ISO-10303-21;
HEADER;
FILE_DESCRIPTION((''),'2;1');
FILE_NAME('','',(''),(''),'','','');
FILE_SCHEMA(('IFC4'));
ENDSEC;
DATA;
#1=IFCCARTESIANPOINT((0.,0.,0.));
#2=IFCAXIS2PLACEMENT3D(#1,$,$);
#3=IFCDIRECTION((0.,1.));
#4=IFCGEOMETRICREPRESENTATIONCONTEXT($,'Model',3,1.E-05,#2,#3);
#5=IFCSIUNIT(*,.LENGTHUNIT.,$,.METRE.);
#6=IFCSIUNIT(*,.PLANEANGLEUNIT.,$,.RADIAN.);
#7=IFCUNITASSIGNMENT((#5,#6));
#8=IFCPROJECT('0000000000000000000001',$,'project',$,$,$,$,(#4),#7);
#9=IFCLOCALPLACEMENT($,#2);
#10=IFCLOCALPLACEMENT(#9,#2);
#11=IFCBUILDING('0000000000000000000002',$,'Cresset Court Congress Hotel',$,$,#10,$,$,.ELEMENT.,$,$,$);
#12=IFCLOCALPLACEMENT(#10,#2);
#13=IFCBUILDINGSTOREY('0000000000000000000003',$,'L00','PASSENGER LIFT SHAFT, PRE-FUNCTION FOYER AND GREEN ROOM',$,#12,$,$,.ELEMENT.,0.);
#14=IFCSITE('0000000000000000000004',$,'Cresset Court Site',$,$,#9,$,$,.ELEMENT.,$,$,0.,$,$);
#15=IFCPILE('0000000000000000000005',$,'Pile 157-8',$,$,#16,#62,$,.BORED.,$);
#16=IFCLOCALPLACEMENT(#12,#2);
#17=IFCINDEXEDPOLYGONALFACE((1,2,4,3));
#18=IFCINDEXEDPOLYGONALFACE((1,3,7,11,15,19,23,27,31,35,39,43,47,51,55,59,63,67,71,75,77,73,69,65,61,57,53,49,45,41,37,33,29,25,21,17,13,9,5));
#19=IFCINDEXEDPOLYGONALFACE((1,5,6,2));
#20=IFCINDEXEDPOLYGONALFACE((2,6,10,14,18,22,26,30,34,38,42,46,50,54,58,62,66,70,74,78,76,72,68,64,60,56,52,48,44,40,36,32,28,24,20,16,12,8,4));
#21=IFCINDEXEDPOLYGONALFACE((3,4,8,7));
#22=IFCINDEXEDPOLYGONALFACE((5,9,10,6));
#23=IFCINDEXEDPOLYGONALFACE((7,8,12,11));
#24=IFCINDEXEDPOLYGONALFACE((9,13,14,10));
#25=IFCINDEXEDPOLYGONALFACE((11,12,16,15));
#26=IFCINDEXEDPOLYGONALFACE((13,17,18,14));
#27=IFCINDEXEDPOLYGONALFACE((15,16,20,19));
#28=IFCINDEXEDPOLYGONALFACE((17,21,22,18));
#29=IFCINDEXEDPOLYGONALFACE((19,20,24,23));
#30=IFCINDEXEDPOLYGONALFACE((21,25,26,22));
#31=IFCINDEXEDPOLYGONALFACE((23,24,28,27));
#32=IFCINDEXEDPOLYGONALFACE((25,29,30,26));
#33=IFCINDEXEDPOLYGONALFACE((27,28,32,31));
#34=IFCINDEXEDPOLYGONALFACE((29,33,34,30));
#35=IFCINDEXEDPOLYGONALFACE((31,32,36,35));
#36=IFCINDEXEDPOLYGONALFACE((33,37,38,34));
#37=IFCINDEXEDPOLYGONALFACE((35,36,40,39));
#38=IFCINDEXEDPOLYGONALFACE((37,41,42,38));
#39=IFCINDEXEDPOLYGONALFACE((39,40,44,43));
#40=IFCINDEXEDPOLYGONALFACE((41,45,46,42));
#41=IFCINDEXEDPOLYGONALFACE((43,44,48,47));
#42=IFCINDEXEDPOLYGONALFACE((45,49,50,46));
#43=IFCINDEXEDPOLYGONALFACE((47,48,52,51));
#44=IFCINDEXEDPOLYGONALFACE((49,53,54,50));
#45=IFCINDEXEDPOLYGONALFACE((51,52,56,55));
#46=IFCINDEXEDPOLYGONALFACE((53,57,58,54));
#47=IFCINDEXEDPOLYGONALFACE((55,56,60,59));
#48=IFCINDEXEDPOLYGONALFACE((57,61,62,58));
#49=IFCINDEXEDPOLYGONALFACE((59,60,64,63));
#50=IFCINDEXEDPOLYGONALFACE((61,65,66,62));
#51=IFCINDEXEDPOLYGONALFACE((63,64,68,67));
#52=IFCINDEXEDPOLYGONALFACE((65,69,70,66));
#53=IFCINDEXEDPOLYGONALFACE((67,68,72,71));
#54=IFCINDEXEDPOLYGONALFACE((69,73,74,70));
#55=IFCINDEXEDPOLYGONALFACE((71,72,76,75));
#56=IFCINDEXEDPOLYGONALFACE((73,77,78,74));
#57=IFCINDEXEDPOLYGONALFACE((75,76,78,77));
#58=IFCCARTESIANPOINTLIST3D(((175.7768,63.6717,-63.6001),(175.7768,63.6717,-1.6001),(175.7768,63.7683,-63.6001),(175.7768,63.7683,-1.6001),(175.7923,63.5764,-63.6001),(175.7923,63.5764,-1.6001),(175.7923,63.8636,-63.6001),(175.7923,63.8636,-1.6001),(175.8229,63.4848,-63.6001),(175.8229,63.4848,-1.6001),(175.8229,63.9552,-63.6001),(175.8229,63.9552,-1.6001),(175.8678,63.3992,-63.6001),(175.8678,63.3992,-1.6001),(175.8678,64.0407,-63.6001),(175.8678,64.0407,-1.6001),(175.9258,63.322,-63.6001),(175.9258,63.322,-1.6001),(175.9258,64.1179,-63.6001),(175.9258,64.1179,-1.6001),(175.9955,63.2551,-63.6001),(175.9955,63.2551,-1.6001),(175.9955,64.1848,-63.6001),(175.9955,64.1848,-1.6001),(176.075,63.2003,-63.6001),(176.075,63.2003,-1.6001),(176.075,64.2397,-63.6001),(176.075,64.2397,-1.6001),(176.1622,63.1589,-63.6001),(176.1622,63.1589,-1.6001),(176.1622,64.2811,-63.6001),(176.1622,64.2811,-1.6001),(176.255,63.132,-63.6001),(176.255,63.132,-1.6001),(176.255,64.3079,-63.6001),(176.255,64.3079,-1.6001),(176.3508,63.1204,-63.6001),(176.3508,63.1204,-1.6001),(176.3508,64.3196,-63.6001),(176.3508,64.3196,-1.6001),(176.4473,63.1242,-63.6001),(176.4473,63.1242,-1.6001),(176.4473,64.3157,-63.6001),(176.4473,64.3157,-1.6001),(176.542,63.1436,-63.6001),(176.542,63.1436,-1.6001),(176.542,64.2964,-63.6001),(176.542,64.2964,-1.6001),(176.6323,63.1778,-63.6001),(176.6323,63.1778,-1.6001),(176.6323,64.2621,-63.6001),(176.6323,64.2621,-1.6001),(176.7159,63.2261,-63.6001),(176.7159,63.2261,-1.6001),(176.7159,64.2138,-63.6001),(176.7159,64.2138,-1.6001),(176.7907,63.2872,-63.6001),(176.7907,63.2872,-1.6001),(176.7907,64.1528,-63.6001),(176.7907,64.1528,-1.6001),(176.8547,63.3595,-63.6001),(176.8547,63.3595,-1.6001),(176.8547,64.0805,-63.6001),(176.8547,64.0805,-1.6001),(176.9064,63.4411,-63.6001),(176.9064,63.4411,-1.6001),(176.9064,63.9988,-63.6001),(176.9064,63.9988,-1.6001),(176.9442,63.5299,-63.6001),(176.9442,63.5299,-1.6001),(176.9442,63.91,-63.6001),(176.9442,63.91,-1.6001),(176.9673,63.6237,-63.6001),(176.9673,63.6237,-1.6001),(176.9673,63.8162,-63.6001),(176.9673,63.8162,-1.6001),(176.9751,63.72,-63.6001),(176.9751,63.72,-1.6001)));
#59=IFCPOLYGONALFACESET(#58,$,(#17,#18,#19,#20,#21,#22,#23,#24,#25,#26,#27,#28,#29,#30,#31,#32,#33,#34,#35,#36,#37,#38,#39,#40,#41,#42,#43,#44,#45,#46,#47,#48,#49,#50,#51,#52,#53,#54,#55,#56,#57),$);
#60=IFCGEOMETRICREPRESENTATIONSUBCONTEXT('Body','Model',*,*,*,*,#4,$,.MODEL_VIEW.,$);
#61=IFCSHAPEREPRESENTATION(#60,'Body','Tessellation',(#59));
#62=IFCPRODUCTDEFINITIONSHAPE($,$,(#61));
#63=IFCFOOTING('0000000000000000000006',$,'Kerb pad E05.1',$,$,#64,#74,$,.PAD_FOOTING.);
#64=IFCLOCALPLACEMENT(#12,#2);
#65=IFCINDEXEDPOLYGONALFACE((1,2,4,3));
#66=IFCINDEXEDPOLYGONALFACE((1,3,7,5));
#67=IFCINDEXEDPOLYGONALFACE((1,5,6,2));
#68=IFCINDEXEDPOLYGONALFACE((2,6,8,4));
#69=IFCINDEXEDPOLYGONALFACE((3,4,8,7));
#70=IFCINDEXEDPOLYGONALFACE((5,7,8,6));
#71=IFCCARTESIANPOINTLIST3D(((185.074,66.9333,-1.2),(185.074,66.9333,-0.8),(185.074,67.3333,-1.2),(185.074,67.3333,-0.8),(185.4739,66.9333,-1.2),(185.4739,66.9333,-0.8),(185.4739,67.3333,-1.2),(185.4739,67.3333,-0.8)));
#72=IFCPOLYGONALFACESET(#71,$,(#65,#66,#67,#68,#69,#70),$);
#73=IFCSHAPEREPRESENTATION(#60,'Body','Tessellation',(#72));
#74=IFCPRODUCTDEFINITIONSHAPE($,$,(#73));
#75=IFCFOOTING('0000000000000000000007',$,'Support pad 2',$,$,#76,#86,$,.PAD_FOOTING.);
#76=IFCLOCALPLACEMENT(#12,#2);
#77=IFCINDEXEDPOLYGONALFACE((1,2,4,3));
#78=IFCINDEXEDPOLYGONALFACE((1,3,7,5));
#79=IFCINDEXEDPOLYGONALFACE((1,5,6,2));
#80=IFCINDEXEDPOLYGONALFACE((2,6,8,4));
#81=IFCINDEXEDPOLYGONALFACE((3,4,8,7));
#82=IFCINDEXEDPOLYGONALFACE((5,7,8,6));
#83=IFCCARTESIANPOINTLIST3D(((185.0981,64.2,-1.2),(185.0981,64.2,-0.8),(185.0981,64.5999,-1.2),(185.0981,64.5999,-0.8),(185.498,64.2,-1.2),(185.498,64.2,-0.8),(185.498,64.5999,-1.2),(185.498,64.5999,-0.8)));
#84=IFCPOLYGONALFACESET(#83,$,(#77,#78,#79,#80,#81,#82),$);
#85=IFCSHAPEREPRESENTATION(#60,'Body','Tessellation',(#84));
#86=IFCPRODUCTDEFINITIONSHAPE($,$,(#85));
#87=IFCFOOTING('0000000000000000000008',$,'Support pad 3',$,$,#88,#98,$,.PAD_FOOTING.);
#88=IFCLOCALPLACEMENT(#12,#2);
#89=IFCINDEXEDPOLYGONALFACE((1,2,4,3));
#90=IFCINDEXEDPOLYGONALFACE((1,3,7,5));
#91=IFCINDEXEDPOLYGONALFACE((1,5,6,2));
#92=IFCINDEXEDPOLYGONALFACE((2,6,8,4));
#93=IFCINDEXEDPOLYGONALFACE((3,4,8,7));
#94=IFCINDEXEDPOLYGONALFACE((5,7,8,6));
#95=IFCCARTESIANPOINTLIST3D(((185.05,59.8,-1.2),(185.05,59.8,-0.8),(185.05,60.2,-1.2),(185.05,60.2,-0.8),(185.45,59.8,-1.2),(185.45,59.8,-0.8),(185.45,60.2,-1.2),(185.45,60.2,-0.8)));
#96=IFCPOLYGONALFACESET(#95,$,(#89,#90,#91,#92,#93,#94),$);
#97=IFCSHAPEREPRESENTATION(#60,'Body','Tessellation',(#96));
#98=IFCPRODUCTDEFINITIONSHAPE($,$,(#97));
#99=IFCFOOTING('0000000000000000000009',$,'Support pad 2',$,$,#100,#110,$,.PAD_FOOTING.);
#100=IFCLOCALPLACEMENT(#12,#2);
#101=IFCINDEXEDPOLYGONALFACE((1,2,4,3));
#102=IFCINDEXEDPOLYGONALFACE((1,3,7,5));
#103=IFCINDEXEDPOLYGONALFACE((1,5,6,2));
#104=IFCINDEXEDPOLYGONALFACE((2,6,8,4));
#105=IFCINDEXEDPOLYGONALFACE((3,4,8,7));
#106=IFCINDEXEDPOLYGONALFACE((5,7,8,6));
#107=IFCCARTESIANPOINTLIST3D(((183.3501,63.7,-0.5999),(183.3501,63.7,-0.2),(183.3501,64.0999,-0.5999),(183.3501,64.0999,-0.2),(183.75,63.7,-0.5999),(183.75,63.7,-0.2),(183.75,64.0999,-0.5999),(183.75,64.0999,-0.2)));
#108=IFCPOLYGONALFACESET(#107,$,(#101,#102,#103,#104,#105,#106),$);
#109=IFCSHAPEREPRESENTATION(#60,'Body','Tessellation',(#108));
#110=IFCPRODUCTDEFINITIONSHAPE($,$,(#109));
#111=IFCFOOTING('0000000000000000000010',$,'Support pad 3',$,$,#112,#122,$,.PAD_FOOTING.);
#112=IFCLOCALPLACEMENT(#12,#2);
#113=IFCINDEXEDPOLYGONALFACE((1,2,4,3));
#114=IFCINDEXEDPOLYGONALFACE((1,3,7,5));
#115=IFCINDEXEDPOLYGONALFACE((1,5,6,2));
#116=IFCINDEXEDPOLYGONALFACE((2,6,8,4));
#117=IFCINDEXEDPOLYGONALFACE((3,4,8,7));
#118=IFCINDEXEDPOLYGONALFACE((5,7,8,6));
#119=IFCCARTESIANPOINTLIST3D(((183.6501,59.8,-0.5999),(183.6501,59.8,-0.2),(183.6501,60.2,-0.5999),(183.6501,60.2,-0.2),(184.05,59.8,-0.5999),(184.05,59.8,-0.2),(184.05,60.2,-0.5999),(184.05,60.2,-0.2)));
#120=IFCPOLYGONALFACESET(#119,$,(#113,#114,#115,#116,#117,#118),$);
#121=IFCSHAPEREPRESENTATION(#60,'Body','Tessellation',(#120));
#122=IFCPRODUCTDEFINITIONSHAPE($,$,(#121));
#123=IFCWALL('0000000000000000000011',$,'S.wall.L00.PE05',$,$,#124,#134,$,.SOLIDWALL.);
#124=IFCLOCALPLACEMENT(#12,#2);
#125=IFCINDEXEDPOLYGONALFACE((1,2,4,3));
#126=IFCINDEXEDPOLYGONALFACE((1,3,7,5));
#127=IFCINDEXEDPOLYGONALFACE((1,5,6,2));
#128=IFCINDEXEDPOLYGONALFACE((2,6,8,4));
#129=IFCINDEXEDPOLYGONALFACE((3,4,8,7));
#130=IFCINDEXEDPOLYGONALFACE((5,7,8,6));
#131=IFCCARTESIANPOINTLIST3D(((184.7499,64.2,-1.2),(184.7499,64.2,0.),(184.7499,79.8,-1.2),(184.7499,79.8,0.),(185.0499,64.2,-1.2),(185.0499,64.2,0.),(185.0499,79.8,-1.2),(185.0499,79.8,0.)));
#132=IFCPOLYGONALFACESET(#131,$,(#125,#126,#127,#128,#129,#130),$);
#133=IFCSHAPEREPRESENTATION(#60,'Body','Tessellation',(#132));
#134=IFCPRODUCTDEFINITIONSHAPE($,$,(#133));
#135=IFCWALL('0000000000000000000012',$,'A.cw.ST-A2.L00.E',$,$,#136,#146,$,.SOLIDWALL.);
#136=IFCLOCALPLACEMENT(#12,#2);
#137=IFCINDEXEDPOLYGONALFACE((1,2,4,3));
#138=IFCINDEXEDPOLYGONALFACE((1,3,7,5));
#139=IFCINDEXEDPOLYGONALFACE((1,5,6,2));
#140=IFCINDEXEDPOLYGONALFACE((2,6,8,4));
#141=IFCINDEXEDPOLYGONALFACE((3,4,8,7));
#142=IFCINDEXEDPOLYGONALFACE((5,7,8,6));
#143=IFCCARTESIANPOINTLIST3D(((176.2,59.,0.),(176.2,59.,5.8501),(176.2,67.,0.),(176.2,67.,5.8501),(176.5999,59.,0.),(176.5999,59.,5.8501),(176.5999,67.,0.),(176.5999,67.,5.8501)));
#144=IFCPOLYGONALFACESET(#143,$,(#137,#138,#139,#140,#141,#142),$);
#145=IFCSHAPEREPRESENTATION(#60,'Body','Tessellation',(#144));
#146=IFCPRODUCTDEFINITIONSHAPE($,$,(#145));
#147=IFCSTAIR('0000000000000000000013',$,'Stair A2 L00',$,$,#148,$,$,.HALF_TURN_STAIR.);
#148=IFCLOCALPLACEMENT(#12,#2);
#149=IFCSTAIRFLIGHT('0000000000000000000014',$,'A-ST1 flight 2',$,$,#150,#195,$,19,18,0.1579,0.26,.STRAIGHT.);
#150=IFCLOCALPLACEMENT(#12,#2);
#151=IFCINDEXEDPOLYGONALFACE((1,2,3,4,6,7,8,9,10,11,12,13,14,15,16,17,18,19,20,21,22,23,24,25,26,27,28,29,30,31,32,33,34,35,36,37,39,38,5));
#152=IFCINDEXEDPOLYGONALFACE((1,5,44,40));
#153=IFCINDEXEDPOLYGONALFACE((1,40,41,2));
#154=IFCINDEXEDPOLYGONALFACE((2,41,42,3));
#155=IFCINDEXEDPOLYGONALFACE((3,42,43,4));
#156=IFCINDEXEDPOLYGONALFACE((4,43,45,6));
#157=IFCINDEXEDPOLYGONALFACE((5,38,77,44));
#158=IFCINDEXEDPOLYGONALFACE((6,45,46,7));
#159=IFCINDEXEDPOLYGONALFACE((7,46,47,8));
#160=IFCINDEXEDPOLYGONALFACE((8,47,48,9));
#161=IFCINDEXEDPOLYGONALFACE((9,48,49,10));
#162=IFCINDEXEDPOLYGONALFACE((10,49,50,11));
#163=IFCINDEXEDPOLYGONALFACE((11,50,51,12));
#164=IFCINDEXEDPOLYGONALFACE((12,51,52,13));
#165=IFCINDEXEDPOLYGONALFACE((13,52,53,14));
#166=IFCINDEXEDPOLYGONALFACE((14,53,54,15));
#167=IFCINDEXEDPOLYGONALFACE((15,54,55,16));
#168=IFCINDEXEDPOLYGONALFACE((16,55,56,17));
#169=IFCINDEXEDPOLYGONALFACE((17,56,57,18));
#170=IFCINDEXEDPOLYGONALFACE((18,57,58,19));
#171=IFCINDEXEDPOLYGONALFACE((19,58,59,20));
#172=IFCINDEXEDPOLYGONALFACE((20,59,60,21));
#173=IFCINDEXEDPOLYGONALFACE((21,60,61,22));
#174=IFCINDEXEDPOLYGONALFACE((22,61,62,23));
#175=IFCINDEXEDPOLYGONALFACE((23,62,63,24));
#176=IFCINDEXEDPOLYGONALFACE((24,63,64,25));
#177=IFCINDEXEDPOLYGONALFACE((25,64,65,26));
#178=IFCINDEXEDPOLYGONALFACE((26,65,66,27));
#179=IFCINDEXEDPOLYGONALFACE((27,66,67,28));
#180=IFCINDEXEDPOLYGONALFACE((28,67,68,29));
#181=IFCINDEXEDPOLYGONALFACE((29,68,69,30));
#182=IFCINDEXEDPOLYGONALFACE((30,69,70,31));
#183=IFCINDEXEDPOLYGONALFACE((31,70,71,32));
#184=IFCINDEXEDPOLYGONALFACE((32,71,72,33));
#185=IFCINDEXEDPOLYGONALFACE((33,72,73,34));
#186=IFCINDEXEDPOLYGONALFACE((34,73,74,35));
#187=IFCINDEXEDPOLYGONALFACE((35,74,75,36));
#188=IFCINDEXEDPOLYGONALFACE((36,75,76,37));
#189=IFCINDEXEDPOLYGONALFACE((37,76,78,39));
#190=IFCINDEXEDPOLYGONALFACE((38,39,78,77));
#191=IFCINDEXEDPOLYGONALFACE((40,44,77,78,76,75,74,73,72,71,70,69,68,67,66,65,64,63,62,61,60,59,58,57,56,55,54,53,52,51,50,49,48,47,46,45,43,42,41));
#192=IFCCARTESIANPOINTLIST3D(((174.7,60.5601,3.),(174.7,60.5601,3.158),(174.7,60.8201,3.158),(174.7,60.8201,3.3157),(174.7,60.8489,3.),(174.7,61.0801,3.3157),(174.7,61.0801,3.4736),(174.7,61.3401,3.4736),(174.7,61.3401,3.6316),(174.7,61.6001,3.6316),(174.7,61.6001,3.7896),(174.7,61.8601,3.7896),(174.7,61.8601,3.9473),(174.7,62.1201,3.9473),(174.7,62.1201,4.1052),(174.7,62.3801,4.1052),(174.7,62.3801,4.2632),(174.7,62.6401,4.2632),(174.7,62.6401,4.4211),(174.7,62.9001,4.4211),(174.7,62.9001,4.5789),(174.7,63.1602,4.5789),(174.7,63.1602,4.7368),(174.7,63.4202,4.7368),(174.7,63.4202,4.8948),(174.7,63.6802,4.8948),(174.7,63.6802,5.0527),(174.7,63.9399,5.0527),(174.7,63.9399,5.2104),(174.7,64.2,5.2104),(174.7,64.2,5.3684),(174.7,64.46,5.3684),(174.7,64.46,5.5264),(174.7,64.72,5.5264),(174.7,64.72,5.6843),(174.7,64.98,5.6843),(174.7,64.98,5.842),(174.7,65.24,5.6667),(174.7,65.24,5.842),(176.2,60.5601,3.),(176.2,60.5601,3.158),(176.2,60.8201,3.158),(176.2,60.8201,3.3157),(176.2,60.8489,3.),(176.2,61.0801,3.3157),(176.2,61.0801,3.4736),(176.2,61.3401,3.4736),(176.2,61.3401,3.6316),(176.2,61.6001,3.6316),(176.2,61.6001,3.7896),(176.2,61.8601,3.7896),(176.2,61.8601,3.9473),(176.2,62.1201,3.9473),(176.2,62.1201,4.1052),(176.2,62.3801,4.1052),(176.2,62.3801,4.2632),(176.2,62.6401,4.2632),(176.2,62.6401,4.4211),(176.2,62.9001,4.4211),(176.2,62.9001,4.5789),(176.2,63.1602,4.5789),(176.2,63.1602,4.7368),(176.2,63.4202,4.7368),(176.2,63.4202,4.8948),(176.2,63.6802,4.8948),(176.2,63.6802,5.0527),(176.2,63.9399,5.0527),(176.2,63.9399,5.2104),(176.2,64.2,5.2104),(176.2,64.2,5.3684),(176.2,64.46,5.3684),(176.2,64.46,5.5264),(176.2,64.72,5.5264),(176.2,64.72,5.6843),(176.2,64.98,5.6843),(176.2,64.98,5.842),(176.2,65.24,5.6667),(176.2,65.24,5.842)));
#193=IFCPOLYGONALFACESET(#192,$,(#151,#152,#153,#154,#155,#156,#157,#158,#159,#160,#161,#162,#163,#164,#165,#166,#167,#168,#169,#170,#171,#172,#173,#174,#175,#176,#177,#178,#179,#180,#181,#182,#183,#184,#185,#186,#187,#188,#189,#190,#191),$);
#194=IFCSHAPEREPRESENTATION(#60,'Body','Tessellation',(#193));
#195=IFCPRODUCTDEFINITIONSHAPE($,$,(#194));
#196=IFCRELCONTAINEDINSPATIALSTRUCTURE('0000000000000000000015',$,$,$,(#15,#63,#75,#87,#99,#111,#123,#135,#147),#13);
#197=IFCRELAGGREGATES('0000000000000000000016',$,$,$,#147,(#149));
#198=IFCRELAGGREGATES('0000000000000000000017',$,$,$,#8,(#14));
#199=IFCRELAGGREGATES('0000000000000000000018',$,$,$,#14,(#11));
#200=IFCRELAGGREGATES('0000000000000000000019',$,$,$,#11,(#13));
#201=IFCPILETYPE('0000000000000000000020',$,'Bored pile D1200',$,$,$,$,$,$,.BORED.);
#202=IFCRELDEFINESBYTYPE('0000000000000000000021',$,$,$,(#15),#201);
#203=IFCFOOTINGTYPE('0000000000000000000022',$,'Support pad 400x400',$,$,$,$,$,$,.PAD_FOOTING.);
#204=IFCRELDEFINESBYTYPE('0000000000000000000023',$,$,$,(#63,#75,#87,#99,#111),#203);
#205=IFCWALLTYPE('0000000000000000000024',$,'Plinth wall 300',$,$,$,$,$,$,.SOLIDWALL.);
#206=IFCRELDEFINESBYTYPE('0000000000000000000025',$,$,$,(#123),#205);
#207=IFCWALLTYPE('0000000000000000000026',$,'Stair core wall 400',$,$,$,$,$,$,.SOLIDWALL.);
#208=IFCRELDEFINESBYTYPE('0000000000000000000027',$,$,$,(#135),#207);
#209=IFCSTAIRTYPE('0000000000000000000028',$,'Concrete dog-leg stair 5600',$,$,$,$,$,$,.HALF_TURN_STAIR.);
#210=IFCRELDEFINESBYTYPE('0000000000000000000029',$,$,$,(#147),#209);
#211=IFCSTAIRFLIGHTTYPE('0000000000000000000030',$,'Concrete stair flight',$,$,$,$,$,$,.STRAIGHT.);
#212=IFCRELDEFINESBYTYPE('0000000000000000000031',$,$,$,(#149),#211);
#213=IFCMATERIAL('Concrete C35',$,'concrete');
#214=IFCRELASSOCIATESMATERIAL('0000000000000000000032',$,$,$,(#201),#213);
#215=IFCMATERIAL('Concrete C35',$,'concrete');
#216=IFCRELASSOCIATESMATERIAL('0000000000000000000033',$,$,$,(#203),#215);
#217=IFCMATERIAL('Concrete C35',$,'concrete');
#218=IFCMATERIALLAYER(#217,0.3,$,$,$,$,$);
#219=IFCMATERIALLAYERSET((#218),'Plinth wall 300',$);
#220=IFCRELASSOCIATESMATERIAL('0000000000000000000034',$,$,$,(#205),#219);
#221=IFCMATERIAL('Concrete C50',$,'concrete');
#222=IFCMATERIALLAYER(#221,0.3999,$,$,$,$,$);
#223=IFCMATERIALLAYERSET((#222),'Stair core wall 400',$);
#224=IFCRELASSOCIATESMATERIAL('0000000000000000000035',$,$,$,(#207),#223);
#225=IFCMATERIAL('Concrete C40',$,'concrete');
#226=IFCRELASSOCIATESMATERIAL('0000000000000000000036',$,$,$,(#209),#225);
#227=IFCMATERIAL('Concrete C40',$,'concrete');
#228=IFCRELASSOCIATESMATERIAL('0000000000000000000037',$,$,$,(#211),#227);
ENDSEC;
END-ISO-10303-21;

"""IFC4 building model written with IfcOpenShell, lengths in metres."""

from ifc_helpers import new_model, si_unit, direction, frame, frame_2d, origin, origin_2d, place, context, subcontext, project, spatial, polyline, rectangle, circle, outline, extrude, material, layer, layer_set, type_object, element, aggregate, save


model = new_model("IFC4")

# Units and contexts
model_context = context("Model", 3, precision=1e-05, world=origin(), true_north=direction((0.0, 1.0)))
body_context = subcontext(model_context, "Body", "Model", "MODEL_VIEW")
ifc_project = project(units=[si_unit("LENGTHUNIT", "METRE"), si_unit("PLANEANGLEUNIT", "RADIAN")], contexts=[model_context])

# Site, building, storey
site_placement = place(None, origin())
site = spatial("IfcSite", under=ifc_project, at=site_placement, Name="Cresset Court Site", CompositionType="ELEMENT", RefElevation=0.0)
building_placement = place(site_placement, origin())
building = spatial("IfcBuilding", under=site, at=building_placement, Name="Cresset Court Congress Hotel", CompositionType="ELEMENT")
storey_placement = place(building_placement, origin())
storey = spatial("IfcBuildingStorey", under=building, at=storey_placement, Name="L00", Description="PASSENGER LIFT SHAFT, PRE-FUNCTION FOYER AND GREEN ROOM", CompositionType="ELEMENT", Elevation=0.0)

# Pile
ifc_material_1 = material(Name="Concrete C35", Category="concrete")
pile_type = type_object("IfcPileType", Name="Bored pile D1200", PredefinedType="BORED", material=ifc_material_1)
pile_placement = place(storey_placement, frame((176.375, 63.72, -1.6001), z_axis=(0.0, 0.0, -1.0), x_axis=(1.0, 0.0, 0.0)))
element("IfcPile", 1, at=pile_placement, inside=storey, type_object=pile_type, Name="Pile 157-8", PredefinedType="BORED", context=body_context, shape_type="SweptSolid", body=[
    extrude(circle(Radius=0.6001, at=origin_2d()), origin(), (0.0, 0.0, 1.0), 62.0),
])

# Footings
ifc_material_2 = material(Name="Concrete C35", Category="concrete")
footing_type = type_object("IfcFootingType", Name="Support pad 400x400", PredefinedType="PAD_FOOTING", material=ifc_material_2)
for number, where, z_axis, x_axis, name in (
    (2, (185.2739, 67.1333, -1.2), (0.0, 0.0, 1.0), (1.0, 0.0, 0.0), "Kerb pad E05.1"),
    (3, (185.2981, 64.3999, -1.2), (0.0, 0.0, 1.0), (1.0, 0.0, 0.0), "Support pad 2"),
    (4, (185.25, 60.0, -1.2), (0.0, 0.0, 1.0), (1.0, 0.0, 0.0), "Support pad 3"),
    (5, (183.55, 63.8999, -0.5999), (0.0, 0.0, 1.0), (1.0, 0.0, 0.0), "Support pad 2"),
    (6, (183.8501, 60.0, -0.5999), (0.0, 0.0, 1.0), (1.0, 0.0, 0.0), "Support pad 3"),
):
    element("IfcFooting", number, at=place(storey_placement, frame(where, z_axis=z_axis, x_axis=x_axis)), inside=storey, type_object=footing_type, Name=name, PredefinedType="PAD_FOOTING", context=body_context, shape_type="SweptSolid", body=[
        extrude(rectangle(XDim=0.3999, YDim=0.3999, at=origin_2d()), origin(), (0.0, 0.0, 1.0), 0.3999),
    ])

# Walls
ifc_material_3 = material(Name="Concrete C35", Category="concrete")
ifc_layer_1 = layer(ifc_material_3, 0.3)
ifc_layer_set_1 = layer_set([ifc_layer_1], Name="Plinth wall 300")
wall_type_1 = type_object("IfcWallType", Name="Plinth wall 300", PredefinedType="SOLIDWALL", material=ifc_layer_set_1)
wall_1_placement = place(storey_placement, frame((184.8999, 64.2, -1.2), z_axis=(0.0, 0.0, 1.0), x_axis=(0.0, 1.0, 0.0)))
element("IfcWall", 7, at=wall_1_placement, inside=storey, type_object=wall_type_1, Name="S.wall.L00.PE05", PredefinedType="SOLIDWALL", context=body_context, shape_type="SweptSolid", body=[
    extrude(rectangle(XDim=15.6001, YDim=0.3, at=frame_2d((7.8, 0.0))), origin(), (0.0, 0.0, 1.0), 1.2),
])
ifc_material_4 = material(Name="Concrete C50", Category="concrete")
ifc_layer_2 = layer(ifc_material_4, 0.3999)
ifc_layer_set_2 = layer_set([ifc_layer_2], Name="Stair core wall 400")
wall_type_2 = type_object("IfcWallType", Name="Stair core wall 400", PredefinedType="SOLIDWALL", material=ifc_layer_set_2)
wall_2_placement = place(storey_placement, frame((176.3999, 59.0, 0.0), z_axis=(0.0, 0.0, 1.0), x_axis=(0.0, 1.0, 0.0)))
element("IfcWall", 8, at=wall_2_placement, inside=storey, type_object=wall_type_2, Name="A.cw.ST-A2.L00.E", PredefinedType="SOLIDWALL", context=body_context, shape_type="SweptSolid", body=[
    extrude(rectangle(XDim=8.0, YDim=0.3999, at=frame_2d((4.0, 0.0))), origin(), (0.0, 0.0, 1.0), 5.8501),
])

# Stair, stair flight
ifc_material_5 = material(Name="Concrete C40", Category="concrete")
stair_type_1 = type_object("IfcStairType", Name="Concrete dog-leg stair 5600", PredefinedType="HALF_TURN_STAIR", material=ifc_material_5)
stair_1_placement = place(storey_placement, origin())
stair_1 = element("IfcStair", 9, at=stair_1_placement, inside=storey, type_object=stair_type_1, Name="Stair A2 L00", PredefinedType="HALF_TURN_STAIR")
ifc_material_6 = material(Name="Concrete C40", Category="concrete")
stair_flight_type_1 = type_object("IfcStairFlightType", Name="Concrete stair flight", PredefinedType="STRAIGHT", material=ifc_material_6)
stair_flight_1_placement = place(storey_placement, frame((175.45, 60.5601, 3.0), z_axis=(0.0, 0.0, 1.0), x_axis=(0.0, 1.0, 0.0)))
stair_flight_1 = element("IfcStairFlight", 10, at=stair_flight_1_placement, type_object=stair_flight_type_1, Name="A-ST1 flight 2", NumberOfRisers=19, NumberOfTreads=18, PredefinedType="STRAIGHT", RiserHeight=0.1579, TreadLength=0.26, context=body_context, shape_type="SweptSolid", body=[
    extrude(outline(polyline([(0.0, 0.0), (0.0, 0.158), (0.26, 0.158), (0.26, 0.3157), (0.52, 0.3157), (0.52, 0.4736), (0.78, 0.4736), (0.78, 0.6316), (1.04, 0.6316), (1.04, 0.7896), (1.3, 0.7896), (1.3, 0.9473), (1.5601, 0.9473), (1.5601, 1.1052), (1.8201, 1.1052), (1.8201, 1.2632), (2.0801, 1.2632), (2.0801, 1.4211), (2.3401, 1.4211), (2.3401, 1.5789), (2.6001, 1.5789), (2.6001, 1.7368), (2.8601, 1.7368), (2.8601, 1.8948), (3.1201, 1.8948), (3.1201, 2.0527), (3.3799, 2.0527), (3.3799, 2.2104), (3.6399, 2.2104), (3.6399, 2.3684), (3.8999, 2.3684), (3.8999, 2.5264), (4.1599, 2.5264), (4.1599, 2.6843), (4.4199, 2.6843), (4.4199, 2.842), (4.6799, 2.842), (4.6799, 3.0), (4.6799, 2.6667), (0.2888, 0.0), (0.0, 0.0)])), frame((0.0, 0.75, 0.0), z_axis=(0.0, -1.0, 0.0), x_axis=(1.0, 0.0, 0.0)), (0.0, 0.0, 1.0), 1.5),
])
aggregate(stair_1, [stair_flight_1])

save(model, "model.ifc")
